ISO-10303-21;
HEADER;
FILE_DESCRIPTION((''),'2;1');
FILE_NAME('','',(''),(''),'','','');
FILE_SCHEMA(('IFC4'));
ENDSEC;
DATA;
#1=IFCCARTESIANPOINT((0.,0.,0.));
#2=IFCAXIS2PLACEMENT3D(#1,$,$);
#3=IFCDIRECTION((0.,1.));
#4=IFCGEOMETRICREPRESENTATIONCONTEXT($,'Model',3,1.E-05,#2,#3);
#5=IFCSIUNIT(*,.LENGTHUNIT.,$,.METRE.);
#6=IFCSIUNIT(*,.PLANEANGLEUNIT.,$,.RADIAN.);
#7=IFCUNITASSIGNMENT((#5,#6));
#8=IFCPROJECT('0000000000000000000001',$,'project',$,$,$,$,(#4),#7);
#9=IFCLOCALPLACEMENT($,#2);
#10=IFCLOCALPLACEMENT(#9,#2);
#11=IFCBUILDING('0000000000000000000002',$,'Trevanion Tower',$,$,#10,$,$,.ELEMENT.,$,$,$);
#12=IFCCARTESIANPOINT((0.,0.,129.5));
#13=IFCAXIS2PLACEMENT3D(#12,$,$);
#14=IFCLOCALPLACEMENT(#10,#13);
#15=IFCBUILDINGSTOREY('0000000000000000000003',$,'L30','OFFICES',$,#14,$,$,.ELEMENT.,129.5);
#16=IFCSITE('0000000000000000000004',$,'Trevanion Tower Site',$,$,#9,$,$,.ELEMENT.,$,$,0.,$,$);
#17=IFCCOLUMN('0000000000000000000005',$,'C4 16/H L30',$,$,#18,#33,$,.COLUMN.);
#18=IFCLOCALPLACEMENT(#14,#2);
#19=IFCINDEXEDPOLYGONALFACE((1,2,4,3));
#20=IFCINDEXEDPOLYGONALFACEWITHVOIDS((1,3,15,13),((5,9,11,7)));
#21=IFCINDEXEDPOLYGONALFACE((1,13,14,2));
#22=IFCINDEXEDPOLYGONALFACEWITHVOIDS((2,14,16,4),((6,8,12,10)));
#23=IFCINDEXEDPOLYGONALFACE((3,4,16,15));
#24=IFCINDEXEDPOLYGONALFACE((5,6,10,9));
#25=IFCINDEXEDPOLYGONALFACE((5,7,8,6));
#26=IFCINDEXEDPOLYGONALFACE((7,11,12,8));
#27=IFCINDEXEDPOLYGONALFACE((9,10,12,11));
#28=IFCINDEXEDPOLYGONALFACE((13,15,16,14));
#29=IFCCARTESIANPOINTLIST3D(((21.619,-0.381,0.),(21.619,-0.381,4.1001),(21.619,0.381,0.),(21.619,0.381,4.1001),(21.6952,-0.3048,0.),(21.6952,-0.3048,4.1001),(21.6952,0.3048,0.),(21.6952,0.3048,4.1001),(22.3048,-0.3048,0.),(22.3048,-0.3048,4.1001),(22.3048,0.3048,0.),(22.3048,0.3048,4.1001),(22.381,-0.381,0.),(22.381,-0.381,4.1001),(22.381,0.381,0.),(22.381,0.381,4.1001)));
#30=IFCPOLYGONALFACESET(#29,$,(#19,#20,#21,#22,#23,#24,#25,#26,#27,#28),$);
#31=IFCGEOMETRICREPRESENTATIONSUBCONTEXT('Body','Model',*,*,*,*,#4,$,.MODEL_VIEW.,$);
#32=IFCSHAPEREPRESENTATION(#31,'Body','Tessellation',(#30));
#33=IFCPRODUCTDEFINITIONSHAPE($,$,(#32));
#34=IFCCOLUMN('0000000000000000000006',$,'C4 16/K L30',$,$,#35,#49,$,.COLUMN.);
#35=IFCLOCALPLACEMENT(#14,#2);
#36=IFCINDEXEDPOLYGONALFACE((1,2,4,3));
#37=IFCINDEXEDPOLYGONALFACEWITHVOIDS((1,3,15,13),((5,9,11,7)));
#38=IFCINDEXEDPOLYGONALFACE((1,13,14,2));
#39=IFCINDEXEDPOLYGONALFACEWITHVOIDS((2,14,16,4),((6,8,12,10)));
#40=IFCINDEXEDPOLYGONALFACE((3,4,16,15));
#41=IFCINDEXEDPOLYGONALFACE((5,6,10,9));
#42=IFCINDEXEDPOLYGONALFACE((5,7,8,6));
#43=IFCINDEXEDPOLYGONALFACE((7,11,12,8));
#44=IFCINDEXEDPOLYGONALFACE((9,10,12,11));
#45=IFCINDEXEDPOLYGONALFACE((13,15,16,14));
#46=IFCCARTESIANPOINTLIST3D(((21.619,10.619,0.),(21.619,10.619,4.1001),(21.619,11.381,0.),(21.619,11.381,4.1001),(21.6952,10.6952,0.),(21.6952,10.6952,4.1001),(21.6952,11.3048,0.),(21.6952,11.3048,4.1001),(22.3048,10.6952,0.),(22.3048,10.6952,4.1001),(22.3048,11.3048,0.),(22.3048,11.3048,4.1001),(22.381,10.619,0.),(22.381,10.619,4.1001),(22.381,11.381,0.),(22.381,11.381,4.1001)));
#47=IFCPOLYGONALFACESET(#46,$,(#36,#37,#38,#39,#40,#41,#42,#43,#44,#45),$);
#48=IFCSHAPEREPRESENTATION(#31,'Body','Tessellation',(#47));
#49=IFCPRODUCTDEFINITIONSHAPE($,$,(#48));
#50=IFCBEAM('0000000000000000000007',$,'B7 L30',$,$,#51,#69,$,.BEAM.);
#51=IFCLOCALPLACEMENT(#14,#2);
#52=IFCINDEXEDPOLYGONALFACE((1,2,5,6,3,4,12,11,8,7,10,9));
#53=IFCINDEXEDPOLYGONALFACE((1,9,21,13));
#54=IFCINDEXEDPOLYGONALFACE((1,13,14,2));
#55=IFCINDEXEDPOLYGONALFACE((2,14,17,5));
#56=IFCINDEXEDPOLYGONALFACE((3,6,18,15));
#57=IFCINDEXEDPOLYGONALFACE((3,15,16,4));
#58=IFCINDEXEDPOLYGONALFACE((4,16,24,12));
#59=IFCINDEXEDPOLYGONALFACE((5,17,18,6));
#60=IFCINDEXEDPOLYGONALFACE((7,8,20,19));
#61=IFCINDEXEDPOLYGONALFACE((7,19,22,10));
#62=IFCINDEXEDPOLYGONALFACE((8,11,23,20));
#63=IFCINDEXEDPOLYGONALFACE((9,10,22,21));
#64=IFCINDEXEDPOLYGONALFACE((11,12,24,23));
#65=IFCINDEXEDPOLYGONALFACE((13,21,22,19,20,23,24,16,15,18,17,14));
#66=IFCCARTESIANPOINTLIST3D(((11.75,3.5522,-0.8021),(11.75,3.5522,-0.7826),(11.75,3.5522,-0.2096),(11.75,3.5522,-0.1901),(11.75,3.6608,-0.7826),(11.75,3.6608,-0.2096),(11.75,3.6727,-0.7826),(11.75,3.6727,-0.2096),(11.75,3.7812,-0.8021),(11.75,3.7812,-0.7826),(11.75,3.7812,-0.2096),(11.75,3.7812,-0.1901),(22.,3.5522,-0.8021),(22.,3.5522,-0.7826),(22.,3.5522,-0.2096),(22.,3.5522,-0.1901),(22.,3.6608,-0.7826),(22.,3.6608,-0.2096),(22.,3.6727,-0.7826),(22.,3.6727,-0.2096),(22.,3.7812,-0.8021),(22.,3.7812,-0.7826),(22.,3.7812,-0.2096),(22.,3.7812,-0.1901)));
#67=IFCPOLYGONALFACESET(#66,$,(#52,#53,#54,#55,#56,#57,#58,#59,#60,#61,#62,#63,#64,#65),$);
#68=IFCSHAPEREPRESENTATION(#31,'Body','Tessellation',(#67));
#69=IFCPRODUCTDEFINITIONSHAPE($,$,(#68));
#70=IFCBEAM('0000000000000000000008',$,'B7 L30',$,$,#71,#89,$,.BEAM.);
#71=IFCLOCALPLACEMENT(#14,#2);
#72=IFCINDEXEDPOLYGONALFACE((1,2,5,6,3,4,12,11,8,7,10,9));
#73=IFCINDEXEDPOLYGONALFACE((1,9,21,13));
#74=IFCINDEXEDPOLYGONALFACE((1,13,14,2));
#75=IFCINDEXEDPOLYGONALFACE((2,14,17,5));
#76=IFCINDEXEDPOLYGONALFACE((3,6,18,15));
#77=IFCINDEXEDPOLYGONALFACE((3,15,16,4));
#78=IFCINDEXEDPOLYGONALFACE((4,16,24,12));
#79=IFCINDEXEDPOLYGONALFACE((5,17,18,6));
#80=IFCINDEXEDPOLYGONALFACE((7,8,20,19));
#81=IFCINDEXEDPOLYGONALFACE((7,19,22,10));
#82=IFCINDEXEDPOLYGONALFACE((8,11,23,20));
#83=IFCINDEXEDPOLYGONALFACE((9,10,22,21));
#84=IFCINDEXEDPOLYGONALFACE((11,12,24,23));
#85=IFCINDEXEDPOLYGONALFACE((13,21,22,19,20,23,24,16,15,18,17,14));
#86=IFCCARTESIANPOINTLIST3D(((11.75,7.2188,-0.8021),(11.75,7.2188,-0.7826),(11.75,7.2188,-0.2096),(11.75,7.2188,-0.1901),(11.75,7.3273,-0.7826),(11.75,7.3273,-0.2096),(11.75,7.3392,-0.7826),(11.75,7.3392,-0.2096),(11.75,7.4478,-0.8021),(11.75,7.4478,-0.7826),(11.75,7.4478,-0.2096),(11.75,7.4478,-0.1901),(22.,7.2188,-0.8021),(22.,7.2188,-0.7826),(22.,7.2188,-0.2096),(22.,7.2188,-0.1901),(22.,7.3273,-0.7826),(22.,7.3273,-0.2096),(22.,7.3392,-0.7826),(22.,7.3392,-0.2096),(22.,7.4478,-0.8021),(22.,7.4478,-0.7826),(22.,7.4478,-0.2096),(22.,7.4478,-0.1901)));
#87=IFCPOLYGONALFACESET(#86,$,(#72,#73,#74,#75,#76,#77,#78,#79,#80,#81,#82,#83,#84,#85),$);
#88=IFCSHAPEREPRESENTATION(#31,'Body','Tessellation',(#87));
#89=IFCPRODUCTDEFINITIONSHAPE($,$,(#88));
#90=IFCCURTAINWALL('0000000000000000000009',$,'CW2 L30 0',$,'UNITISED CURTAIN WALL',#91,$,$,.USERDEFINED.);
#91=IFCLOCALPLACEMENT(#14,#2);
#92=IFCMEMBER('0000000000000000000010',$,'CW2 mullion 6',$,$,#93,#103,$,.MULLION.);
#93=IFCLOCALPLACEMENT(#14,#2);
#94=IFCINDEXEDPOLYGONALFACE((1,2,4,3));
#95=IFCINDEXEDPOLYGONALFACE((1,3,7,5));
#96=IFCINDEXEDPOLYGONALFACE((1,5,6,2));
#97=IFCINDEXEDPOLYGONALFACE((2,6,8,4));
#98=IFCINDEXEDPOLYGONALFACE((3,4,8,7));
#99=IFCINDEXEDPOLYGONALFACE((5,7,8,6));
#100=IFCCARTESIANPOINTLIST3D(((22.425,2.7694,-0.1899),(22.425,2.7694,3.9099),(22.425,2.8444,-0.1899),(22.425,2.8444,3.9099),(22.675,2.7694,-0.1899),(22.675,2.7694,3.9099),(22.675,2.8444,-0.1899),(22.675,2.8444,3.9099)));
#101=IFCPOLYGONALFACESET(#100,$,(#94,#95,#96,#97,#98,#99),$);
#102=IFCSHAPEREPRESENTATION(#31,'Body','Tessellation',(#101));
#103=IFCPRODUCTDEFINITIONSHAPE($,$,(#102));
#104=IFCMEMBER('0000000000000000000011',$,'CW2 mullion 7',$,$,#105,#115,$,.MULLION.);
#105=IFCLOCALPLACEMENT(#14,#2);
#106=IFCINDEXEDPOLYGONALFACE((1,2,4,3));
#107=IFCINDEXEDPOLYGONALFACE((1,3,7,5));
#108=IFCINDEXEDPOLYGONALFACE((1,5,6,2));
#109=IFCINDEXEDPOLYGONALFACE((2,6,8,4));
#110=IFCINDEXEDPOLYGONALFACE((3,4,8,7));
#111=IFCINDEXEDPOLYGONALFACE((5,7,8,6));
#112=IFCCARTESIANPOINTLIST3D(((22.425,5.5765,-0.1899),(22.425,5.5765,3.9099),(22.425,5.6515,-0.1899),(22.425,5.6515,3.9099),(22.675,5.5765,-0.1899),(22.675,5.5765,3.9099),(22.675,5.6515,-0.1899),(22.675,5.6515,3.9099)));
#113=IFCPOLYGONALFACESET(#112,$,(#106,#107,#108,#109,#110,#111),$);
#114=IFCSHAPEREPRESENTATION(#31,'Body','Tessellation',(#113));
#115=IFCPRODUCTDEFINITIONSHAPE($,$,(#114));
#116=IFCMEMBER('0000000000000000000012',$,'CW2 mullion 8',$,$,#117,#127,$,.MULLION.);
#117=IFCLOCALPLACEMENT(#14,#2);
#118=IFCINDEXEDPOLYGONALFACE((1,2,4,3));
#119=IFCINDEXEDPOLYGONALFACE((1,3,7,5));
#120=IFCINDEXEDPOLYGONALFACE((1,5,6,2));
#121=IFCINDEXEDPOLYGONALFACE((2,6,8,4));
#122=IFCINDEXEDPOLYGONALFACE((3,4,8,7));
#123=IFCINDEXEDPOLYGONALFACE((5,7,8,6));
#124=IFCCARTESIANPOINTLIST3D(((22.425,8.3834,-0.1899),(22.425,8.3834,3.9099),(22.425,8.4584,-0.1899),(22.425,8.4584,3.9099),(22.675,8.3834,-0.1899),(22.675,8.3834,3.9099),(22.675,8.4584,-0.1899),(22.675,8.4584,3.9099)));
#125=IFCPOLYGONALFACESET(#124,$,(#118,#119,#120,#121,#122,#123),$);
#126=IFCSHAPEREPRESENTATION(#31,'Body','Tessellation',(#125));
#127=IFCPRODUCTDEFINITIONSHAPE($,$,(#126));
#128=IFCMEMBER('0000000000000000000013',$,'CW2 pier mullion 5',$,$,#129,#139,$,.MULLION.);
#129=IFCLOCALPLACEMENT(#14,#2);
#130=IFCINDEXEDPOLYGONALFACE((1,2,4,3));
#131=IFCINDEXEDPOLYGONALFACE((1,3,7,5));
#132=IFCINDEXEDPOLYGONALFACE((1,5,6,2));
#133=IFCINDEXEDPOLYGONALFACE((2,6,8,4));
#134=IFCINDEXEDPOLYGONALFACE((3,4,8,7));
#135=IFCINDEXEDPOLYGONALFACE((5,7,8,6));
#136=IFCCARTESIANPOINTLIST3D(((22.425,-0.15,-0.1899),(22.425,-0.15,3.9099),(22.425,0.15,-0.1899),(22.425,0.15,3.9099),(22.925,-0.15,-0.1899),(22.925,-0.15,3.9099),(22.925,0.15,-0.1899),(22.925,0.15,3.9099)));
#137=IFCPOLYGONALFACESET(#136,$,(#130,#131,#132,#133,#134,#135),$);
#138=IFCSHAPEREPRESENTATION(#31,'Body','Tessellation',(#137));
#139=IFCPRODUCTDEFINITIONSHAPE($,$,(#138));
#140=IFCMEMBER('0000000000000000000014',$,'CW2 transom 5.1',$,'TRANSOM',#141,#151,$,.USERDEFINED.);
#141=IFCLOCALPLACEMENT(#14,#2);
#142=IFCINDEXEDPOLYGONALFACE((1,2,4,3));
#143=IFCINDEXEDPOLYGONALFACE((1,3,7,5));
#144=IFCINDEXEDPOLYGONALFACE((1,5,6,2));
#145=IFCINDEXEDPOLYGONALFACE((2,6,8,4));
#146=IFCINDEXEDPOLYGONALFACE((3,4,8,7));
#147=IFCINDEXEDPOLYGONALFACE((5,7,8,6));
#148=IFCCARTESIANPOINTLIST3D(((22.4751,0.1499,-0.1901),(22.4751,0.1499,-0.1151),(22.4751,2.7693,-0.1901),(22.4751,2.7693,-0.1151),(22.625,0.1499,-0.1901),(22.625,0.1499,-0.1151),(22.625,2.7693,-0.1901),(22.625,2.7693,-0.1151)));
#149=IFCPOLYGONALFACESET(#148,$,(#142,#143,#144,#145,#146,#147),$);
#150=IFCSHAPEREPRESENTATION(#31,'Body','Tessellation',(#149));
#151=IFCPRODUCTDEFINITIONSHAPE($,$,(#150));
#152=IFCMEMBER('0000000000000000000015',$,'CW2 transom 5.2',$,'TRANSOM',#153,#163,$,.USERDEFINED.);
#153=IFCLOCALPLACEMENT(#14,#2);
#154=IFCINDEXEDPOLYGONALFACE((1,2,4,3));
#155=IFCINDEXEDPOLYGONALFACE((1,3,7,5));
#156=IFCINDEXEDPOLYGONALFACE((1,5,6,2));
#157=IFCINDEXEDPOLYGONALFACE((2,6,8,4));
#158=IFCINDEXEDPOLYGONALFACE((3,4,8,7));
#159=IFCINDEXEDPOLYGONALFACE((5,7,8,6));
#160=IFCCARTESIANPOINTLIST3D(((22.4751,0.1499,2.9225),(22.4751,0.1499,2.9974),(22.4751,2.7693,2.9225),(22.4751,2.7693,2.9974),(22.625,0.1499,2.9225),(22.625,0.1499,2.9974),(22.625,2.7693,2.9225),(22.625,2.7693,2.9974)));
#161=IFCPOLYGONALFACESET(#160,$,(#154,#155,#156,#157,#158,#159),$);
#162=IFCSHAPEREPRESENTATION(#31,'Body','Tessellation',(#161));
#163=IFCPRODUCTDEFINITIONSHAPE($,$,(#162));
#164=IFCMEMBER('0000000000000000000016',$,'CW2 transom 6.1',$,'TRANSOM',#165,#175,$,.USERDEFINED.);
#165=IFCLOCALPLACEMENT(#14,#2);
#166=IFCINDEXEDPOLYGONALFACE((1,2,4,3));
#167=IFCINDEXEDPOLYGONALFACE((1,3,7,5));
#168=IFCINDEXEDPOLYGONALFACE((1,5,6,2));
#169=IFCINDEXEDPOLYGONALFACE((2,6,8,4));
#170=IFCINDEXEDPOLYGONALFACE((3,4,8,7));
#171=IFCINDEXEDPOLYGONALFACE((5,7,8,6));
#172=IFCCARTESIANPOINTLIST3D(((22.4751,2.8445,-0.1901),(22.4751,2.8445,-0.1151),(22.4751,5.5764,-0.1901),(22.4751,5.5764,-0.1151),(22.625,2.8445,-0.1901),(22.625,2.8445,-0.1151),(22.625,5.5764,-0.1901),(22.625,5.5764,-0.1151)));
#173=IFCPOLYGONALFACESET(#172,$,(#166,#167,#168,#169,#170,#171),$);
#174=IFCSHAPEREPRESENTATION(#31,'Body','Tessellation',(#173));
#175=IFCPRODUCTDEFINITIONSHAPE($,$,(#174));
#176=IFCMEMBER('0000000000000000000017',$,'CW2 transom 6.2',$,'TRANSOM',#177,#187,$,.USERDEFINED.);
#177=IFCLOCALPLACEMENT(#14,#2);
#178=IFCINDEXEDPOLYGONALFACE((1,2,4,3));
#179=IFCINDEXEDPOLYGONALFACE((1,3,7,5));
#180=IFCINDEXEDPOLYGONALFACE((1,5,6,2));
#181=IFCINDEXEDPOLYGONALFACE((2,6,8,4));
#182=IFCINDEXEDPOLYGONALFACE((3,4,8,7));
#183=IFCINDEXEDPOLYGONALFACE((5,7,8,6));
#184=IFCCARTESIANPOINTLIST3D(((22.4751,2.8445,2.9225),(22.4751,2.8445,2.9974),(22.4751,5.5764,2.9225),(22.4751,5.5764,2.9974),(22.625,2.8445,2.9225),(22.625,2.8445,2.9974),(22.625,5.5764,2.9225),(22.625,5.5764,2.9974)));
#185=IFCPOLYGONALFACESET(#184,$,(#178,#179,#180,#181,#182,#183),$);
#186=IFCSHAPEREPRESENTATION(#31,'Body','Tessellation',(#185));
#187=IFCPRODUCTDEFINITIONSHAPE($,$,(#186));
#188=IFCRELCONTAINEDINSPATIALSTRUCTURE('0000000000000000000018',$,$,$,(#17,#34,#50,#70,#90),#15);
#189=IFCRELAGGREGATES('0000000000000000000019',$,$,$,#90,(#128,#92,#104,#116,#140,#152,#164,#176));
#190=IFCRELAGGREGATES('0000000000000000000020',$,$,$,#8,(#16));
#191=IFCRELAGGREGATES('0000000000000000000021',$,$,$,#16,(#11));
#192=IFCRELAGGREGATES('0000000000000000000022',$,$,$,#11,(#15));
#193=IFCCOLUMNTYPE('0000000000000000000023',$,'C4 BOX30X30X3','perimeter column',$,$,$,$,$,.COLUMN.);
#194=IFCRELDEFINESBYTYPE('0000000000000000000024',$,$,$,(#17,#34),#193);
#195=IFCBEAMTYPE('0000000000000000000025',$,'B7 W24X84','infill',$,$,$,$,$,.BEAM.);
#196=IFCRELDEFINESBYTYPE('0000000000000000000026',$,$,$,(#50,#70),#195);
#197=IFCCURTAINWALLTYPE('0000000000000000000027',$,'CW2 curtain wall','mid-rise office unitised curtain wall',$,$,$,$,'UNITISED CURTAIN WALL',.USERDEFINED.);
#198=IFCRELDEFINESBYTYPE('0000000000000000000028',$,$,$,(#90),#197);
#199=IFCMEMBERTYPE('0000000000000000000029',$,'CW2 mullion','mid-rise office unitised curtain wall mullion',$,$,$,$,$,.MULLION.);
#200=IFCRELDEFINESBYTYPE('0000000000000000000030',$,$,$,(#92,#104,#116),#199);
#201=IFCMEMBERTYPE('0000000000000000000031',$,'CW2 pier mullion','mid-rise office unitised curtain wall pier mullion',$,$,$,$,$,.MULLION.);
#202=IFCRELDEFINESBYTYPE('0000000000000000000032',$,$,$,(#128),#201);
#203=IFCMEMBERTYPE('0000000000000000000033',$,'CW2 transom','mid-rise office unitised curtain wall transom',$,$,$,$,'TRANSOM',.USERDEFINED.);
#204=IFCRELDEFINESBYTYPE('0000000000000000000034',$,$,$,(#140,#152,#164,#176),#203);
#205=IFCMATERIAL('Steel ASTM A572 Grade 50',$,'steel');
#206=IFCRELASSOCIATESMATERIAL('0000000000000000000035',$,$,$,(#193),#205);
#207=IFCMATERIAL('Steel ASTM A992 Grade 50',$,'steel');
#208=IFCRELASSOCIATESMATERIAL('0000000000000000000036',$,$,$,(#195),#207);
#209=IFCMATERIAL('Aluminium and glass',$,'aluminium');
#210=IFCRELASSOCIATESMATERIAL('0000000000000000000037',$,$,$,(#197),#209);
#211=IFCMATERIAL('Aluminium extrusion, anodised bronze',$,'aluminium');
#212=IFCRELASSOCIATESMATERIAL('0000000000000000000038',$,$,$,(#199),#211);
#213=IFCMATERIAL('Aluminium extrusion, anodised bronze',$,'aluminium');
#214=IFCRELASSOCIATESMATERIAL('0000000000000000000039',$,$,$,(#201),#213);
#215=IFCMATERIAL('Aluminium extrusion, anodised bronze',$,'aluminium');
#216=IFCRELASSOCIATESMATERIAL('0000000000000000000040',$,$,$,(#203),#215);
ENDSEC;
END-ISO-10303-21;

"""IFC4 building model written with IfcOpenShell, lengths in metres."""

from ifc_helpers import new_model, si_unit, direction, frame, origin, origin_2d, place, context, subcontext, project, spatial, rectangle, hollow_rectangle, i_section, extrude, material, material_profile, profile_set, type_object, element, aggregate, save


model = new_model("IFC4")

# Units and contexts
model_context = context("Model", 3, precision=1e-05, world=origin(), true_north=direction((0.0, 1.0)))
body_context = subcontext(model_context, "Body", "Model", "MODEL_VIEW")
ifc_project = project(units=[si_unit("LENGTHUNIT", "METRE"), si_unit("PLANEANGLEUNIT", "RADIAN")], contexts=[model_context])

# Site, building, storey
site_placement = place(None, origin())
site = spatial("IfcSite", under=ifc_project, at=site_placement, Name="Trevanion Tower Site", CompositionType="ELEMENT", RefElevation=0.0)
building_placement = place(site_placement, origin())
building = spatial("IfcBuilding", under=site, at=building_placement, Name="Trevanion Tower", CompositionType="ELEMENT")
storey_placement = place(building_placement, frame((0.0, 0.0, 129.5)))
storey = spatial("IfcBuildingStorey", under=building, at=storey_placement, Name="L30", Description="OFFICES", CompositionType="ELEMENT", Elevation=129.5)

# Columns
ifc_material_1 = material(Name="Steel ASTM A572 Grade 50", Category="steel")
ifc_material_profile_1 = material_profile(ifc_material_1, hollow_rectangle(XDim=0.762, YDim=0.762, WallThickness=0.0762, at=origin_2d()), Name="BOX30X30X3")
ifc_profile_set_1 = profile_set([ifc_material_profile_1], Name="Steel ASTM A572 Grade 50")
column_type = type_object("IfcColumnType", Name="C4 BOX30X30X3", Description="perimeter column", PredefinedType="COLUMN", material=ifc_profile_set_1)
for number, where, z_axis, x_axis, name in (
    (1, (22.0, 0.0, 0.0), (0.0, 0.0, 1.0), (0.0, 1.0, 0.0), "C4 16/H L30"),
    (2, (22.0, 11.0, 0.0), (0.0, 0.0, 1.0), (0.0, 1.0, 0.0), "C4 16/K L30"),
):
    element("IfcColumn", number, at=place(storey_placement, frame(where, z_axis=z_axis, x_axis=x_axis)), inside=storey, type_object=column_type, Name=name, PredefinedType="COLUMN", context=body_context, shape_type="SweptSolid", body=[
        extrude(hollow_rectangle(XDim=0.762, YDim=0.762, WallThickness=0.0762, at=origin_2d()), origin(), (0.0, 0.0, 1.0), 4.1001),
    ])

# Beams
ifc_material_2 = material(Name="Steel ASTM A992 Grade 50", Category="steel")
ifc_material_profile_2 = material_profile(ifc_material_2, i_section(OverallWidth=0.229, OverallDepth=0.6121, WebThickness=0.012, FlangeThickness=0.0195, at=origin_2d()), Name="W24X84")
ifc_profile_set_2 = profile_set([ifc_material_profile_2], Name="Steel ASTM A992 Grade 50")
beam_type_1 = type_object("IfcBeamType", Name="B7 W24X84", Description="infill", PredefinedType="BEAM", material=ifc_profile_set_2)
for number, where, z_axis, x_axis, name in (
    (3, (11.75, 3.6667, -0.4961), (1.0, 0.0, 0.0), (0.0, 1.0, 0.0), "B7 L30"),
    (4, (11.75, 7.3333, -0.4961), (1.0, 0.0, 0.0), (0.0, 1.0, 0.0), "B7 L30"),
):
    element("IfcBeam", number, at=place(storey_placement, frame(where, z_axis=z_axis, x_axis=x_axis)), inside=storey, type_object=beam_type_1, Name=name, PredefinedType="BEAM", context=body_context, shape_type="SweptSolid", body=[
        extrude(i_section(OverallWidth=0.229, OverallDepth=0.6121, WebThickness=0.012, FlangeThickness=0.0195, at=origin_2d()), origin(), (0.0, 0.0, 1.0), 10.25),
    ])

# Curtain wall, members
ifc_material_3 = material(Name="Aluminium and glass", Category="aluminium")
curtain_wall_type = type_object("IfcCurtainWallType", Name="CW2 curtain wall", Description="mid-rise office unitised curtain wall", ElementType="UNITISED CURTAIN WALL", PredefinedType="USERDEFINED", material=ifc_material_3)
curtain_wall_placement = place(storey_placement, origin())
curtain_wall = element("IfcCurtainWall", 5, at=curtain_wall_placement, inside=storey, type_object=curtain_wall_type, Name="CW2 L30 0", ObjectType="UNITISED CURTAIN WALL", PredefinedType="USERDEFINED")
ifc_material_4 = material(Name="Aluminium extrusion, anodised bronze", Category="aluminium")
ifc_material_profile_3 = material_profile(ifc_material_4, rectangle(XDim=0.075, YDim=0.25, at=origin_2d()), Name="CW2 mullion")
ifc_profile_set_3 = profile_set([ifc_material_profile_3], Name="Aluminium extrusion, anodised bronze")
member_type_1 = type_object("IfcMemberType", Name="CW2 mullion", Description="mid-rise office unitised curtain wall mullion", PredefinedType="MULLION", material=ifc_profile_set_3)
member_1_placement = place(storey_placement, frame((22.55, 2.8069, -0.1899), z_axis=(0.0, 0.0, 1.0), x_axis=(0.0, 1.0, 0.0)))
member_1 = element("IfcMember", 6, at=member_1_placement, type_object=member_type_1, Name="CW2 mullion 6", PredefinedType="MULLION", context=body_context, shape_type="SweptSolid", body=[
    extrude(rectangle(XDim=0.075, YDim=0.25, at=origin_2d()), origin(), (0.0, 0.0, 1.0), 4.0999),
])
member_2_placement = place(storey_placement, frame((22.55, 5.614, -0.1899), z_axis=(0.0, 0.0, 1.0), x_axis=(0.0, 1.0, 0.0)))
member_2 = element("IfcMember", 7, at=member_2_placement, type_object=member_type_1, Name="CW2 mullion 7", PredefinedType="MULLION", context=body_context, shape_type="SweptSolid", body=[
    extrude(rectangle(XDim=0.075, YDim=0.25, at=origin_2d()), origin(), (0.0, 0.0, 1.0), 4.0999),
])
member_3_placement = place(storey_placement, frame((22.55, 8.4209, -0.1899), z_axis=(0.0, 0.0, 1.0), x_axis=(0.0, 1.0, 0.0)))
member_3 = element("IfcMember", 8, at=member_3_placement, type_object=member_type_1, Name="CW2 mullion 8", PredefinedType="MULLION", context=body_context, shape_type="SweptSolid", body=[
    extrude(rectangle(XDim=0.075, YDim=0.25, at=origin_2d()), origin(), (0.0, 0.0, 1.0), 4.0999),
])
ifc_material_5 = material(Name="Aluminium extrusion, anodised bronze", Category="aluminium")
ifc_material_profile_4 = material_profile(ifc_material_5, rectangle(XDim=0.3, YDim=0.5, at=origin_2d()), Name="CW2 pier mullion")
ifc_profile_set_4 = profile_set([ifc_material_profile_4], Name="Aluminium extrusion, anodised bronze")
member_type_2 = type_object("IfcMemberType", Name="CW2 pier mullion", Description="mid-rise office unitised curtain wall pier mullion", PredefinedType="MULLION", material=ifc_profile_set_4)
member_4_placement = place(storey_placement, frame((22.675, 0.0, -0.1899), z_axis=(0.0, 0.0, 1.0), x_axis=(0.0, 1.0, 0.0)))
member_4 = element("IfcMember", 9, at=member_4_placement, type_object=member_type_2, Name="CW2 pier mullion 5", PredefinedType="MULLION", context=body_context, shape_type="SweptSolid", body=[
    extrude(rectangle(XDim=0.3, YDim=0.5, at=origin_2d()), origin(), (0.0, 0.0, 1.0), 4.0999),
])
ifc_material_6 = material(Name="Aluminium extrusion, anodised bronze", Category="aluminium")
ifc_material_profile_5 = material_profile(ifc_material_6, rectangle(XDim=0.1499, YDim=0.075, at=origin_2d()), Name="CW2 transom")
ifc_profile_set_5 = profile_set([ifc_material_profile_5], Name="Aluminium extrusion, anodised bronze")
member_type_3 = type_object("IfcMemberType", Name="CW2 transom", Description="mid-rise office unitised curtain wall transom", ElementType="TRANSOM", PredefinedType="USERDEFINED", material=ifc_profile_set_5)
member_5_placement = place(storey_placement, frame((22.55, 0.1499, -0.1526), z_axis=(0.0, 1.0, 0.0), x_axis=(-1.0, 0.0, 0.0)))
member_5 = element("IfcMember", 10, at=member_5_placement, type_object=member_type_3, Name="CW2 transom 5.1", ObjectType="TRANSOM", PredefinedType="USERDEFINED", context=body_context, shape_type="SweptSolid", body=[
    extrude(rectangle(XDim=0.1499, YDim=0.075, at=origin_2d()), origin(), (0.0, 0.0, 1.0), 2.6194),
])
member_6_placement = place(storey_placement, frame((22.55, 0.1499, 2.96), z_axis=(0.0, 1.0, 0.0), x_axis=(-1.0, 0.0, 0.0)))
member_6 = element("IfcMember", 11, at=member_6_placement, type_object=member_type_3, Name="CW2 transom 5.2", ObjectType="TRANSOM", PredefinedType="USERDEFINED", context=body_context, shape_type="SweptSolid", body=[
    extrude(rectangle(XDim=0.1499, YDim=0.075, at=origin_2d()), origin(), (0.0, 0.0, 1.0), 2.6194),
])
member_7_placement = place(storey_placement, frame((22.55, 2.8445, -0.1526), z_axis=(0.0, 1.0, 0.0), x_axis=(-1.0, 0.0, 0.0)))
member_7 = element("IfcMember", 12, at=member_7_placement, type_object=member_type_3, Name="CW2 transom 6.1", ObjectType="TRANSOM", PredefinedType="USERDEFINED", context=body_context, shape_type="SweptSolid", body=[
    extrude(rectangle(XDim=0.1499, YDim=0.075, at=origin_2d()), origin(), (0.0, 0.0, 1.0), 2.7319),
])
member_8_placement = place(storey_placement, frame((22.55, 2.8445, 2.96), z_axis=(0.0, 1.0, 0.0), x_axis=(-1.0, 0.0, 0.0)))
member_8 = element("IfcMember", 13, at=member_8_placement, type_object=member_type_3, Name="CW2 transom 6.2", ObjectType="TRANSOM", PredefinedType="USERDEFINED", context=body_context, shape_type="SweptSolid", body=[
    extrude(rectangle(XDim=0.1499, YDim=0.075, at=origin_2d()), origin(), (0.0, 0.0, 1.0), 2.7319),
])

aggregate(curtain_wall, [member_4, member_1, member_2, member_3, member_5, member_6, member_7, member_8])

save(model, "model.ifc")
